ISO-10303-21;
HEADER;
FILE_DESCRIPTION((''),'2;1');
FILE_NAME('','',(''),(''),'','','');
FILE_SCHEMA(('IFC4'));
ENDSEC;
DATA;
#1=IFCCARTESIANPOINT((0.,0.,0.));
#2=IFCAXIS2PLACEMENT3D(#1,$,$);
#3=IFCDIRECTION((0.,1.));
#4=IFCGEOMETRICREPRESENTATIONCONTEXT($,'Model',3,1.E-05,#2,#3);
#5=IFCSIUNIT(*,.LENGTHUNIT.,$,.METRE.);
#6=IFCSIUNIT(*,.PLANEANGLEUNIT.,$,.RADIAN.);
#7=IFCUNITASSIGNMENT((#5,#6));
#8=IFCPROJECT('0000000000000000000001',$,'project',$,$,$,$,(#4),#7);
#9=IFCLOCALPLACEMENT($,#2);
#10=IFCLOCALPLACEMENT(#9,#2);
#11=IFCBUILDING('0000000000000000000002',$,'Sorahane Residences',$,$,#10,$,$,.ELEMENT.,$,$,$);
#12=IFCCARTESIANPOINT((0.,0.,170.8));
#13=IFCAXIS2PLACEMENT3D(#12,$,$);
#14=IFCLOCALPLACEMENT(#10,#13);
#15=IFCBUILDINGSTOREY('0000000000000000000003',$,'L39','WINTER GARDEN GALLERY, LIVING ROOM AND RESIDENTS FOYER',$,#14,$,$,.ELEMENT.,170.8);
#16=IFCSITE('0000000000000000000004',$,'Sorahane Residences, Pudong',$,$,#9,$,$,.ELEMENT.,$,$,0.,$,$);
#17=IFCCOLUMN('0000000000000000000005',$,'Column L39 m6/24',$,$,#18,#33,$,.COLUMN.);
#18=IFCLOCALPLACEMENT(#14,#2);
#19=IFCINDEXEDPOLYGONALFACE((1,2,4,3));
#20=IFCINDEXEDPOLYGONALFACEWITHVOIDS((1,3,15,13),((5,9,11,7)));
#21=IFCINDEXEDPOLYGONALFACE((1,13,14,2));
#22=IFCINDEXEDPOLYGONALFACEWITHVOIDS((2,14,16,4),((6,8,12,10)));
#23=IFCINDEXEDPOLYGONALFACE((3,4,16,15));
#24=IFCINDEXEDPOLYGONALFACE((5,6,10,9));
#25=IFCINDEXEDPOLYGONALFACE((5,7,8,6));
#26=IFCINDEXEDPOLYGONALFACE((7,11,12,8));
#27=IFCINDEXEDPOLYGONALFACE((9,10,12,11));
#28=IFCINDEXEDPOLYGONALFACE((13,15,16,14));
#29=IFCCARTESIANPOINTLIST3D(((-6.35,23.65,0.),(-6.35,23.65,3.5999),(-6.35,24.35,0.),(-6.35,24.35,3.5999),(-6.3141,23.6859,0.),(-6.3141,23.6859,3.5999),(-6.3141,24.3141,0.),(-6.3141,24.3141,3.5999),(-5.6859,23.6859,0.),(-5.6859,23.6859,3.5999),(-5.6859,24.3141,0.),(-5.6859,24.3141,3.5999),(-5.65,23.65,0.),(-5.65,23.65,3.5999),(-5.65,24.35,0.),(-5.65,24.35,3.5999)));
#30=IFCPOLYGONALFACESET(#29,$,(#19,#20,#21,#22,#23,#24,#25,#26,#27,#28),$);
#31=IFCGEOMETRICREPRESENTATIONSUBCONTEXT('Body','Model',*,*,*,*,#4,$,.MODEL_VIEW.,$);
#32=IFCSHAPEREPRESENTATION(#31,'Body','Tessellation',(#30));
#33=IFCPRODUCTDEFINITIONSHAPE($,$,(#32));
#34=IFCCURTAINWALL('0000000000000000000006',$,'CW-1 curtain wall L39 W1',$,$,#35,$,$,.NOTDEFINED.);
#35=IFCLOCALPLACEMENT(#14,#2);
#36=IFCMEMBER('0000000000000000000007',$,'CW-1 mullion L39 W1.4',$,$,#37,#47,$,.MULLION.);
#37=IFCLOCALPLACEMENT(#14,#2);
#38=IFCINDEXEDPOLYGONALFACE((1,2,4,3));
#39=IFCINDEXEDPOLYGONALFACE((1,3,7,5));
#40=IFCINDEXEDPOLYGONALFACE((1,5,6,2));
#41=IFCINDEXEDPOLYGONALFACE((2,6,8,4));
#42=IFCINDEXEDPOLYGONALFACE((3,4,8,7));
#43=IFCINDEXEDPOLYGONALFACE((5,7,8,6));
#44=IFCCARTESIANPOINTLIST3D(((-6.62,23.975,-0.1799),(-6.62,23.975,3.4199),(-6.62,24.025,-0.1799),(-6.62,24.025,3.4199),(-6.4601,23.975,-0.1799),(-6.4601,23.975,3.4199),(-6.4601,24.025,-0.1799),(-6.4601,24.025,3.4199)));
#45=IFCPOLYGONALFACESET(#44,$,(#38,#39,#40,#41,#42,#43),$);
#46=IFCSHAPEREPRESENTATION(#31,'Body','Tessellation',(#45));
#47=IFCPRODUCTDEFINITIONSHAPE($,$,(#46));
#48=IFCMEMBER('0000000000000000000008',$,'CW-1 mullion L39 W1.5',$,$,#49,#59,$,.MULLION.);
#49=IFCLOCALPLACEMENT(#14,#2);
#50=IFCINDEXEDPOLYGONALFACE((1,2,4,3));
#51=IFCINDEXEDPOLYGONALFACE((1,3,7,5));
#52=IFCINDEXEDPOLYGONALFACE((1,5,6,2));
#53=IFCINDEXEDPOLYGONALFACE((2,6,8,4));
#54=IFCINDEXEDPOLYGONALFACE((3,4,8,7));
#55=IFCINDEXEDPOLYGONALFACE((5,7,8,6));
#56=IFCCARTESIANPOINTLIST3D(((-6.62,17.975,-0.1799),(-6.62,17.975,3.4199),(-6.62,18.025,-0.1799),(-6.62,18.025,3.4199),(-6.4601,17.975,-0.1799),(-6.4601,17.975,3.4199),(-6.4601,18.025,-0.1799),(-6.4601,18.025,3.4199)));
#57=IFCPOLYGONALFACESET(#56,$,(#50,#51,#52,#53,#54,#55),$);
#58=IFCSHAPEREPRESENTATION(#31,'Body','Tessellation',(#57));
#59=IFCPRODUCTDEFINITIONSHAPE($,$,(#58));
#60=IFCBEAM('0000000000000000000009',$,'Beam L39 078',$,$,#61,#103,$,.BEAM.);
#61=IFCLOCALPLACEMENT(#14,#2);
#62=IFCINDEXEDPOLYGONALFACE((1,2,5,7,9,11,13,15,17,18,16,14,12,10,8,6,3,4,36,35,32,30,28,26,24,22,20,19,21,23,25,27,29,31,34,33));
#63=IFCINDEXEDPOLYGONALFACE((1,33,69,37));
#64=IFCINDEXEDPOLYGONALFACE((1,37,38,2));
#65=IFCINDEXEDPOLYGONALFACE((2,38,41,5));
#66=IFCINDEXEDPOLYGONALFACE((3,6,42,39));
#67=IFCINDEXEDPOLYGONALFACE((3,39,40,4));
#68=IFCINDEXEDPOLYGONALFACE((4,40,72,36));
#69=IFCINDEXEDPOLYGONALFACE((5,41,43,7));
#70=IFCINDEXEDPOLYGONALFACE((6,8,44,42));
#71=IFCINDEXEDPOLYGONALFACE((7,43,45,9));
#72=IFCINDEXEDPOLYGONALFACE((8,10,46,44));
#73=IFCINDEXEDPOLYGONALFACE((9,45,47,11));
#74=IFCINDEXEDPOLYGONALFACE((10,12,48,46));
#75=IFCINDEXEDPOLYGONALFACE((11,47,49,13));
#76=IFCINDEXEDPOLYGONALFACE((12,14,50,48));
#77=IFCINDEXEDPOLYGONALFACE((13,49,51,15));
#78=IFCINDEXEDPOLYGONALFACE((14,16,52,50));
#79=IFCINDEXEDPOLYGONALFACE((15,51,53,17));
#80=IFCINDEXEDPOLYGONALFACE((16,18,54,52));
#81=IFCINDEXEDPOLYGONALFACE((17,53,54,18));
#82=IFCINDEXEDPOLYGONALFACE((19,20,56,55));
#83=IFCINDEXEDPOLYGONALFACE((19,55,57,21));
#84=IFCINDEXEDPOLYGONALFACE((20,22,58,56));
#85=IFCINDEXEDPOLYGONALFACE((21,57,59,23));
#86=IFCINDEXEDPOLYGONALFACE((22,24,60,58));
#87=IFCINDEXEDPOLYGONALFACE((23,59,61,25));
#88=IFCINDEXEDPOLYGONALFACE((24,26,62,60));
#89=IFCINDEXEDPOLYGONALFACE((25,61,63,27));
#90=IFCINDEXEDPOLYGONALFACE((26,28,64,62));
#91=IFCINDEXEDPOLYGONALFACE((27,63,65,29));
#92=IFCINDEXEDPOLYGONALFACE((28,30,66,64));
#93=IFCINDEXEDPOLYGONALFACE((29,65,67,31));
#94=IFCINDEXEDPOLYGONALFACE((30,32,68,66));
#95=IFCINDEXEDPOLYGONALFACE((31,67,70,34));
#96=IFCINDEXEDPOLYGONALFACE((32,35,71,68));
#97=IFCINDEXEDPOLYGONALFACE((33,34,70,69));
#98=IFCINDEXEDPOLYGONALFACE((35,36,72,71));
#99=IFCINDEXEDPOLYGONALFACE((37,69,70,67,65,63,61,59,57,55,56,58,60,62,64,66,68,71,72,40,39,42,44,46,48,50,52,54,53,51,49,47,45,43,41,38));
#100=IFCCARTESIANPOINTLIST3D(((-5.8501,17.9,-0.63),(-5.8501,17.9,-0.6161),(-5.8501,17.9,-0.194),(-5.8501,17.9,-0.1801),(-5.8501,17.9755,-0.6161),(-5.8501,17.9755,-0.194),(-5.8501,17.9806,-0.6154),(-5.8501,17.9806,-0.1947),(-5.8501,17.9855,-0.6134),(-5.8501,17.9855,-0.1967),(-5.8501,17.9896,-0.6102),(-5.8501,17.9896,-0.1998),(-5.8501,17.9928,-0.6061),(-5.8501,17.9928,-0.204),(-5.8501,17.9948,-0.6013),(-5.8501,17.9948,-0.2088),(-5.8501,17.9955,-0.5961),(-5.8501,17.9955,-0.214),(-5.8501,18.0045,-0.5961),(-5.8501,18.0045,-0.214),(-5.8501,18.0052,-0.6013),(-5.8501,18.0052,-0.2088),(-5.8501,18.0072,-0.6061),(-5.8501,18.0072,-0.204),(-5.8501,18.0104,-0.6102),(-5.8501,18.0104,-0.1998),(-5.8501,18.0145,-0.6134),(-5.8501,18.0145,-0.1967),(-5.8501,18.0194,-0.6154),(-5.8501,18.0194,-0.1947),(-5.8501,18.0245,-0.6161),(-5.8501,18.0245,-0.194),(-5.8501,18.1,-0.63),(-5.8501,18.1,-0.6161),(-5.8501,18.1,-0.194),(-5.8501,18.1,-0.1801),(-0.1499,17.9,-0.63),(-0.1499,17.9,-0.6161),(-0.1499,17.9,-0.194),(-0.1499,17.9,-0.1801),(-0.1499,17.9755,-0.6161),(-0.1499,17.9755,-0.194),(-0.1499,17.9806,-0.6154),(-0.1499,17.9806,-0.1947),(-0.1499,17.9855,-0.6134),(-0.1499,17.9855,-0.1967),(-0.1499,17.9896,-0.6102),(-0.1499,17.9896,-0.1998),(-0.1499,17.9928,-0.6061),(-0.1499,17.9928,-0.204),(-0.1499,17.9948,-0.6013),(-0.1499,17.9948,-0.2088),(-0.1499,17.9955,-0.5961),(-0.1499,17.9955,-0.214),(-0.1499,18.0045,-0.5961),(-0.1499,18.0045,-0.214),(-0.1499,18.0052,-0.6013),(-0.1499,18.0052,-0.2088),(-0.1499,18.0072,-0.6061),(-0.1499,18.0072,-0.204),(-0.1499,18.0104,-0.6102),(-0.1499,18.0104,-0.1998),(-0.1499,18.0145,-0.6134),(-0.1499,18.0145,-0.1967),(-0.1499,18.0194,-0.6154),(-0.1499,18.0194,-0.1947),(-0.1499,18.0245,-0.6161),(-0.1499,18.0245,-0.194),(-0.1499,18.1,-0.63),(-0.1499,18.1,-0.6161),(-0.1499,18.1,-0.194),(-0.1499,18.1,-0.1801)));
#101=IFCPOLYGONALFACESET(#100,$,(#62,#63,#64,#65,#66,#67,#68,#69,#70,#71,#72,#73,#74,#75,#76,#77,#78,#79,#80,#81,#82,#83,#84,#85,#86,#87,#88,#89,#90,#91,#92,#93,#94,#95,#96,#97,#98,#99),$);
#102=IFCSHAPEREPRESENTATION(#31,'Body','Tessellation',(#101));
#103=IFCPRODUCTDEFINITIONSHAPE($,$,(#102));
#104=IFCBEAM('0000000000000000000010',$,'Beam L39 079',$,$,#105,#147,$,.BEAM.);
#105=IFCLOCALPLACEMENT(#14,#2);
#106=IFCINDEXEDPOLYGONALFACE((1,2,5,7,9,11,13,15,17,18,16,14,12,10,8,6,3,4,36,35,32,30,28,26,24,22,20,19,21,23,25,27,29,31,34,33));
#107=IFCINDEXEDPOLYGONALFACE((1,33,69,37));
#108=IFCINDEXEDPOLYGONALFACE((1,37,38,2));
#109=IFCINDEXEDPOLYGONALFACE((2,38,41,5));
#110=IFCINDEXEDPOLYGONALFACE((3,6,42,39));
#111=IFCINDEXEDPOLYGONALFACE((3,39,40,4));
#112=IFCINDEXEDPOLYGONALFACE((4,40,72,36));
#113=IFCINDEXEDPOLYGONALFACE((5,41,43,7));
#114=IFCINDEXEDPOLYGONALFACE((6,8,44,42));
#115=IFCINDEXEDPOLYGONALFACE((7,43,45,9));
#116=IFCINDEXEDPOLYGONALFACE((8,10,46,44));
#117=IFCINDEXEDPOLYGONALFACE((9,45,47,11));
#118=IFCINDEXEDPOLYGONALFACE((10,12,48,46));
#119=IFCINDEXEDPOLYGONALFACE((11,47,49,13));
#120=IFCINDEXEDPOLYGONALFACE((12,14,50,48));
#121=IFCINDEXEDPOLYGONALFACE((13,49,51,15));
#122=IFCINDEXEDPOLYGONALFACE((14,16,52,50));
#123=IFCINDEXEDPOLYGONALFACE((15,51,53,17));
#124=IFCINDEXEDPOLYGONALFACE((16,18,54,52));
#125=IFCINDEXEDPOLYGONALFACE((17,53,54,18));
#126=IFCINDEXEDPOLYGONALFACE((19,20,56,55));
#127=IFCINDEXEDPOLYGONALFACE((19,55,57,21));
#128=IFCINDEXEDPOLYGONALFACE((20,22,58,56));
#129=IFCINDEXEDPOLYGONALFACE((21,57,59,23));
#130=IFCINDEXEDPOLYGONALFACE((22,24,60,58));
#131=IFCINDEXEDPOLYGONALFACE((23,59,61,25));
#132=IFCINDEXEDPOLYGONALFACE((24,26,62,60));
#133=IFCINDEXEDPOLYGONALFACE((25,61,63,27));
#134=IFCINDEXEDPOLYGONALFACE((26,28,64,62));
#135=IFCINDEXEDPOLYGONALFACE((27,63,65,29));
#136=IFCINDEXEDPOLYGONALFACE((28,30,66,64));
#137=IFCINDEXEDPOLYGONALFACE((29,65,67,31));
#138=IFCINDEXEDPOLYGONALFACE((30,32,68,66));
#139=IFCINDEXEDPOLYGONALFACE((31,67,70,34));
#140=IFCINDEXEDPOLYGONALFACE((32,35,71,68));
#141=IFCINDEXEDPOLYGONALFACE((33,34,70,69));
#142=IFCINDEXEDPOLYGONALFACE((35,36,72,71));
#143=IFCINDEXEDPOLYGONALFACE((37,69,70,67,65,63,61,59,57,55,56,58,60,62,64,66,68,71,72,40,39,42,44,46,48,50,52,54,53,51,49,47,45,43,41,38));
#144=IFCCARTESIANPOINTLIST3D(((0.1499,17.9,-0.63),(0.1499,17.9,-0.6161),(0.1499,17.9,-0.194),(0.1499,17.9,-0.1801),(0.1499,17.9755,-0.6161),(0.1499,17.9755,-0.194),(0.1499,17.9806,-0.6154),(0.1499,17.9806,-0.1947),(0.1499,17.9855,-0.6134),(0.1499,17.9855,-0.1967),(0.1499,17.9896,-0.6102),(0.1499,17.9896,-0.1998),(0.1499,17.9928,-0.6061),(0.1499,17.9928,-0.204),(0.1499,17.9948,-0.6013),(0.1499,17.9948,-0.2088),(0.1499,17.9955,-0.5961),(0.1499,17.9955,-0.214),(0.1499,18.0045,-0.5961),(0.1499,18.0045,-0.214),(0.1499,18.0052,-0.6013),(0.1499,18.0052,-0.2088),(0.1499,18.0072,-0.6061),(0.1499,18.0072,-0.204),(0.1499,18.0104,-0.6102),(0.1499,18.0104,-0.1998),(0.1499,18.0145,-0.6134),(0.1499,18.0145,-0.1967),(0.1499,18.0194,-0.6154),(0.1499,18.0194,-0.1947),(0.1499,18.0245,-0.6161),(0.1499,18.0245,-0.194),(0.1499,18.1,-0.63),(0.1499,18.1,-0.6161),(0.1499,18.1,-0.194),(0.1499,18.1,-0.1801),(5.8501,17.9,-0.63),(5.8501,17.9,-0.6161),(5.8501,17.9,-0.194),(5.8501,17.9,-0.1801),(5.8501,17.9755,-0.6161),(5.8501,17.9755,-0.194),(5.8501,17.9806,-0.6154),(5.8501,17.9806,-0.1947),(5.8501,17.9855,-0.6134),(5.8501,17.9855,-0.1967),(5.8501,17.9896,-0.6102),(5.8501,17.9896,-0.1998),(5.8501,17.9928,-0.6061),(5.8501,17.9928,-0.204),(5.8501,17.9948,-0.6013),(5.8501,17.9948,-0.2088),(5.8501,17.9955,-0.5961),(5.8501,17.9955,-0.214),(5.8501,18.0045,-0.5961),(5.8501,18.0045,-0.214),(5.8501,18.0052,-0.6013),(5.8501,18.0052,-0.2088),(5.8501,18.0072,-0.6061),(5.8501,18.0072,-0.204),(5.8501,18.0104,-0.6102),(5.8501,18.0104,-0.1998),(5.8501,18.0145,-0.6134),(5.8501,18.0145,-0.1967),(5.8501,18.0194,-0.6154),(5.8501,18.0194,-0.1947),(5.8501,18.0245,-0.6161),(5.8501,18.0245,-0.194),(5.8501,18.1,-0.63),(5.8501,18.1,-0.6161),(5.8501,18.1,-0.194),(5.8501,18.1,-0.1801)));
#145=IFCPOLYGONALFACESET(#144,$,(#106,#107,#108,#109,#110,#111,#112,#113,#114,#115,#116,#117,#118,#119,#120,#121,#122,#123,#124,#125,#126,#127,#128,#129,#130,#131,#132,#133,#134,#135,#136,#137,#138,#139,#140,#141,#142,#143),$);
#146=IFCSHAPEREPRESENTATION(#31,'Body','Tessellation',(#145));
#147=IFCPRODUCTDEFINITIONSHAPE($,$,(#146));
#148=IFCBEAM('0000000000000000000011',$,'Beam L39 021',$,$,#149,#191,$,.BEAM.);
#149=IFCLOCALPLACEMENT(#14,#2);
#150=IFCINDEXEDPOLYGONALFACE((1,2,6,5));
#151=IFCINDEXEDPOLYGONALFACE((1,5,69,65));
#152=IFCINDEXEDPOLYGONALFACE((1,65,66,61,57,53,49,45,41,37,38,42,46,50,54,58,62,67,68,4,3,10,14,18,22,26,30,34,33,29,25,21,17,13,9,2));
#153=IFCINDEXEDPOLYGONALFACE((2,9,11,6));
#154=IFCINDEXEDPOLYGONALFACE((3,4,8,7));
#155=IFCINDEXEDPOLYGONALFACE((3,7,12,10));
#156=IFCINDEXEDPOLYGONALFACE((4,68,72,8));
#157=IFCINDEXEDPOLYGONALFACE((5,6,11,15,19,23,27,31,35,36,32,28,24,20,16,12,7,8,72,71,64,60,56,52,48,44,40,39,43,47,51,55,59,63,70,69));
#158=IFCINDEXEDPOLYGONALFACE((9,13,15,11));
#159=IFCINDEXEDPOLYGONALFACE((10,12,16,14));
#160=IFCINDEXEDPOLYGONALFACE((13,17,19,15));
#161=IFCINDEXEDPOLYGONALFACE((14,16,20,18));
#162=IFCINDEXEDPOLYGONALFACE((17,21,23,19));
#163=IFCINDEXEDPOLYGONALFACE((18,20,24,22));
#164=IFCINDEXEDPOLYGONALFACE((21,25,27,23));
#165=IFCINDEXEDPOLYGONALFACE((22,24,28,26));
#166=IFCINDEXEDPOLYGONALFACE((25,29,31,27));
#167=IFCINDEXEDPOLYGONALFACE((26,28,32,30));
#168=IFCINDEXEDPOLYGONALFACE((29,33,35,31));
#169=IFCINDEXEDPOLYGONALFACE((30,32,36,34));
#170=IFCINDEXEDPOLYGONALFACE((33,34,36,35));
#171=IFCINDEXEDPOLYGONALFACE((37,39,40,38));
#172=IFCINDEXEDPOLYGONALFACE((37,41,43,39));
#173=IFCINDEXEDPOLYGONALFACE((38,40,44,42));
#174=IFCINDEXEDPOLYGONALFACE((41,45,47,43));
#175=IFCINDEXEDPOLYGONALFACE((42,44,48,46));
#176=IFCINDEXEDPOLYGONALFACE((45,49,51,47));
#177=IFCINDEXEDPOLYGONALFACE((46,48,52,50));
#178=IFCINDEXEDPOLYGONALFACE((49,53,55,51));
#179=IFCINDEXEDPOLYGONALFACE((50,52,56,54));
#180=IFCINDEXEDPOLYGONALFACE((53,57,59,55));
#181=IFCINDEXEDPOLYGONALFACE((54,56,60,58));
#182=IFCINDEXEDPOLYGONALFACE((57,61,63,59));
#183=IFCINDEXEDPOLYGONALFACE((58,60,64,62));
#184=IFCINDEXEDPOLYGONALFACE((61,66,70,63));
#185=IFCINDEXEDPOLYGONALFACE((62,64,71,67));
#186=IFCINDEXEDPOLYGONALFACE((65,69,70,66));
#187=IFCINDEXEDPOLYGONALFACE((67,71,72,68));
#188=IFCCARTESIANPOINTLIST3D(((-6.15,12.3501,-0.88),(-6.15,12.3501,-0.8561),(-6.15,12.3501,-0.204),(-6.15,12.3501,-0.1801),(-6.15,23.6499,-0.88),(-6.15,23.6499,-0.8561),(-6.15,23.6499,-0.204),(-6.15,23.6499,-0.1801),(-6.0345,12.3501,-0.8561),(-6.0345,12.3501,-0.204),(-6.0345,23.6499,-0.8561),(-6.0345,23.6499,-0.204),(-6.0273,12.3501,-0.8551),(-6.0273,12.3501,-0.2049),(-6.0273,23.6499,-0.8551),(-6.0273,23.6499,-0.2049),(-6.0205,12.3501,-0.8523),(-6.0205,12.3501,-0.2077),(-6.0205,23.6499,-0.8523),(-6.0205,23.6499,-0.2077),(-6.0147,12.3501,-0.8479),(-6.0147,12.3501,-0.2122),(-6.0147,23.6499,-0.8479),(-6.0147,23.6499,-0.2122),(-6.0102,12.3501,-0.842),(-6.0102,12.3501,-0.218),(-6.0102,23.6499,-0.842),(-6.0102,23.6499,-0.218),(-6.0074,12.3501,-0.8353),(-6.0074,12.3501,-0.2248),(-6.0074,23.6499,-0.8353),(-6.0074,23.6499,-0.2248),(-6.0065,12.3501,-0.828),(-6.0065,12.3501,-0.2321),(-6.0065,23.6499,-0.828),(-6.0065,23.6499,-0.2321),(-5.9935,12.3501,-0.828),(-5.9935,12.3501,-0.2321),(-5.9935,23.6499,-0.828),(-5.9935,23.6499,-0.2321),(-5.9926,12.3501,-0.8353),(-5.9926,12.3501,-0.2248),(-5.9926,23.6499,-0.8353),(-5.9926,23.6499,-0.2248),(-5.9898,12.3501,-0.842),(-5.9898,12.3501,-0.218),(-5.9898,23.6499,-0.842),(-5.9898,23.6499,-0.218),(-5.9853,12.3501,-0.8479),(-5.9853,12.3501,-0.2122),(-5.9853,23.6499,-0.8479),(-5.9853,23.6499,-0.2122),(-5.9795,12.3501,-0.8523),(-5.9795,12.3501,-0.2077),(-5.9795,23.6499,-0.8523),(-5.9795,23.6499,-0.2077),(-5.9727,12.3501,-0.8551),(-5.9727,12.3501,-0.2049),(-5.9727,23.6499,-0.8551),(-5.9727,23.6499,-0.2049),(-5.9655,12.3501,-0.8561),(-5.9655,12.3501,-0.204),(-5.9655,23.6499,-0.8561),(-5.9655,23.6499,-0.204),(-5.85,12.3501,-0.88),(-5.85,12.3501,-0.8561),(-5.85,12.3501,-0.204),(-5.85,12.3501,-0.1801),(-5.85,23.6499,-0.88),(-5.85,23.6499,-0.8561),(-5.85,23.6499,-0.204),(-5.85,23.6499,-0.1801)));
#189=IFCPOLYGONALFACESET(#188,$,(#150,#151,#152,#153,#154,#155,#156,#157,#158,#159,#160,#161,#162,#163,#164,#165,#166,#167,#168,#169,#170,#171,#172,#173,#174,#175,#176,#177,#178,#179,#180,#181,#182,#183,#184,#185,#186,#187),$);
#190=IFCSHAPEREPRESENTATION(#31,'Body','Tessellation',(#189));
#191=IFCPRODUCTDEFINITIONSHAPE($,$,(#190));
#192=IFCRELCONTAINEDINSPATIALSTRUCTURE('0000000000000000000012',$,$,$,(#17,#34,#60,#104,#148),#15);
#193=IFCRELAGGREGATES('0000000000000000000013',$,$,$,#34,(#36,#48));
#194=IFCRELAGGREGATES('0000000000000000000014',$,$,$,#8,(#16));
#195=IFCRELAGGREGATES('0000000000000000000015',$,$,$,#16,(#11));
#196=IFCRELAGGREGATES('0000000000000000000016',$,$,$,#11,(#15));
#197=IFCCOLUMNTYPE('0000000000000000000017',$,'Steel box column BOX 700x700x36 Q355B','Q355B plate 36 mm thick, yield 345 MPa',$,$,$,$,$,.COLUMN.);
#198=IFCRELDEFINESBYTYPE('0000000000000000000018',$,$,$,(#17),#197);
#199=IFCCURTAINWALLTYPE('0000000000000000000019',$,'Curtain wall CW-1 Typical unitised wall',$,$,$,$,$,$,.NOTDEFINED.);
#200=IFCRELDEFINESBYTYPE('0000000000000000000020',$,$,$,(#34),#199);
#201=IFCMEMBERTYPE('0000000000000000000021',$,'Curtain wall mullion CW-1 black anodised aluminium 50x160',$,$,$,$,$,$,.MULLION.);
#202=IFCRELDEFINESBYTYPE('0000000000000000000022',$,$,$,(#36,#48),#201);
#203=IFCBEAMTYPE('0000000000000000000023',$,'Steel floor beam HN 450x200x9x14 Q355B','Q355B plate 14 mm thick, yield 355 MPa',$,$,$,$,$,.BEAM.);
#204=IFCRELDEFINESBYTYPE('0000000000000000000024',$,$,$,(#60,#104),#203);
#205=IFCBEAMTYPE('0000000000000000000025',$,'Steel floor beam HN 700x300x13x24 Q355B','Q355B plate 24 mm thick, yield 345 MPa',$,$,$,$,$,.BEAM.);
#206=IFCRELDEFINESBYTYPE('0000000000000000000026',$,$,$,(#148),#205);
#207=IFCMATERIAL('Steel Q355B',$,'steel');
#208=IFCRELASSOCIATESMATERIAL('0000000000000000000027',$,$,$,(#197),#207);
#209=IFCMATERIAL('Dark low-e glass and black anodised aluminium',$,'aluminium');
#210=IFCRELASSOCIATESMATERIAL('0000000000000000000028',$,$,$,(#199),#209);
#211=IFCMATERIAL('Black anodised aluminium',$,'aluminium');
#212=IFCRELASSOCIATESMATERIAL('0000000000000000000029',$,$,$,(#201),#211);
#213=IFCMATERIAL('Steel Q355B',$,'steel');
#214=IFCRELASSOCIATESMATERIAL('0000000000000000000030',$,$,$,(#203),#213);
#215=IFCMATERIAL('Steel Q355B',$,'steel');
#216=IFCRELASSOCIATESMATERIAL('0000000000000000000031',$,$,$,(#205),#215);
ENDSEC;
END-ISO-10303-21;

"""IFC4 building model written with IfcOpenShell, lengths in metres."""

from ifc_helpers import new_model, si_unit, direction, frame, origin, origin_2d, place, context, subcontext, project, spatial, rectangle, hollow_rectangle, i_section, extrude, material, material_profile, profile_set, type_object, element, aggregate, save


model = new_model("IFC4")

# Units and contexts
model_context = context("Model", 3, precision=1e-05, world=origin(), true_north=direction((0.0, 1.0)))
body_context = subcontext(model_context, "Body", "Model", "MODEL_VIEW")
ifc_project = project(units=[si_unit("LENGTHUNIT", "METRE"), si_unit("PLANEANGLEUNIT", "RADIAN")], contexts=[model_context])

# Site, building, storey
site_placement = place(None, origin())
site = spatial("IfcSite", under=ifc_project, at=site_placement, Name="Sorahane Residences, Pudong", CompositionType="ELEMENT", RefElevation=0.0)
building_placement = place(site_placement, origin())
building = spatial("IfcBuilding", under=site, at=building_placement, Name="Sorahane Residences", CompositionType="ELEMENT")
storey_placement = place(building_placement, frame((0.0, 0.0, 170.8)))
storey = spatial("IfcBuildingStorey", under=building, at=storey_placement, Name="L39", Description="WINTER GARDEN GALLERY, LIVING ROOM AND RESIDENTS FOYER", CompositionType="ELEMENT", Elevation=170.8)

# Column
ifc_material_1 = material(Name="Steel Q355B", Category="steel")
ifc_material_profile_1 = material_profile(ifc_material_1, hollow_rectangle(XDim=0.7, YDim=0.7, WallThickness=0.0359, at=origin_2d()), Name="BOX 700x700x36")
ifc_profile_set_1 = profile_set([ifc_material_profile_1], Name="Steel Q355B")
column_type = type_object("IfcColumnType", Name="Steel box column BOX 700x700x36 Q355B", Description="Q355B plate 36 mm thick, yield 345 MPa", PredefinedType="COLUMN", material=ifc_profile_set_1)
column_placement = place(storey_placement, frame((-6.0, 24.0, 0.0), z_axis=(0.0, 0.0, 1.0), x_axis=(1.0, 0.0, 0.0)))
element("IfcColumn", 1, at=column_placement, inside=storey, type_object=column_type, Name="Column L39 m6/24", PredefinedType="COLUMN", context=body_context, shape_type="SweptSolid", body=[
    extrude(hollow_rectangle(XDim=0.7, YDim=0.7, WallThickness=0.0359, at=origin_2d()), origin(), (0.0, 0.0, 1.0), 3.5999),
])

# Curtain wall, members
ifc_material_2 = material(Name="Dark low-e glass and black anodised aluminium", Category="aluminium")
curtain_wall_type = type_object("IfcCurtainWallType", Name="Curtain wall CW-1 Typical unitised wall", PredefinedType="NOTDEFINED", material=ifc_material_2)
curtain_wall_placement = place(storey_placement, origin())
curtain_wall = element("IfcCurtainWall", 2, at=curtain_wall_placement, inside=storey, type_object=curtain_wall_type, Name="CW-1 curtain wall L39 W1", PredefinedType="NOTDEFINED")
ifc_material_3 = material(Name="Black anodised aluminium", Category="aluminium")
ifc_material_profile_2 = material_profile(ifc_material_3, rectangle(XDim=0.1599, YDim=0.05, at=origin_2d()), Name="Curtain wall mullion CW-1 black anodised aluminium 50x160")
ifc_profile_set_2 = profile_set([ifc_material_profile_2], Name="Black anodised aluminium")
member_type = type_object("IfcMemberType", Name="Curtain wall mullion CW-1 black anodised aluminium 50x160", PredefinedType="MULLION", material=ifc_profile_set_2)
member_1_placement = place(storey_placement, frame((-6.54, 24.0, -0.1799), z_axis=(0.0, 0.0, 1.0), x_axis=(-1.0, 0.0, 0.0)))
member_1 = element("IfcMember", 3, at=member_1_placement, type_object=member_type, Name="CW-1 mullion L39 W1.4", PredefinedType="MULLION", context=body_context, shape_type="SweptSolid", body=[
    extrude(rectangle(XDim=0.1599, YDim=0.05, at=origin_2d()), origin(), (0.0, 0.0, 1.0), 3.5999),
])
member_2_placement = place(storey_placement, frame((-6.54, 18.0, -0.1799), z_axis=(0.0, 0.0, 1.0), x_axis=(-1.0, 0.0, 0.0)))
member_2 = element("IfcMember", 4, at=member_2_placement, type_object=member_type, Name="CW-1 mullion L39 W1.5", PredefinedType="MULLION", context=body_context, shape_type="SweptSolid", body=[
    extrude(rectangle(XDim=0.1599, YDim=0.05, at=origin_2d()), origin(), (0.0, 0.0, 1.0), 3.5999),
])

# Beams
ifc_material_4 = material(Name="Steel Q355B", Category="steel")
ifc_material_profile_3 = material_profile(ifc_material_4, i_section(OverallWidth=0.2, OverallDepth=0.45, WebThickness=0.009, FlangeThickness=0.0139, FilletRadius=0.02, at=origin_2d()), Name="HN 450x200x9x14")
ifc_profile_set_3 = profile_set([ifc_material_profile_3], Name="Steel Q355B")
beam_type_1 = type_object("IfcBeamType", Name="Steel floor beam HN 450x200x9x14 Q355B", Description="Q355B plate 14 mm thick, yield 355 MPa", PredefinedType="BEAM", material=ifc_profile_set_3)
for number, where, z_axis, x_axis, name in (
    (5, (-5.8501, 18.0, -0.405), (1.0, 0.0, 0.0), (0.0, 1.0, 0.0), "Beam L39 078"),
    (6, (0.1499, 18.0, -0.405), (1.0, 0.0, 0.0), (0.0, 1.0, 0.0), "Beam L39 079"),
):
    element("IfcBeam", number, at=place(storey_placement, frame(where, z_axis=z_axis, x_axis=x_axis)), inside=storey, type_object=beam_type_1, Name=name, PredefinedType="BEAM", context=body_context, shape_type="SweptSolid", body=[
        extrude(i_section(OverallWidth=0.2, OverallDepth=0.45, WebThickness=0.009, FlangeThickness=0.0139, FilletRadius=0.02, at=origin_2d()), origin(), (0.0, 0.0, 1.0), 5.7002),
    ])
ifc_material_5 = material(Name="Steel Q355B", Category="steel")
ifc_material_profile_4 = material_profile(ifc_material_5, i_section(OverallWidth=0.3, OverallDepth=0.7, WebThickness=0.0129, FlangeThickness=0.0239, FilletRadius=0.0281, at=origin_2d()), Name="HN 700x300x13x24")
ifc_profile_set_4 = profile_set([ifc_material_profile_4], Name="Steel Q355B")
beam_type_2 = type_object("IfcBeamType", Name="Steel floor beam HN 700x300x13x24 Q355B", Description="Q355B plate 24 mm thick, yield 345 MPa", PredefinedType="BEAM", material=ifc_profile_set_4)
beam_placement = place(storey_placement, frame((-6.0, 12.3501, -0.53), z_axis=(0.0, 1.0, 0.0), x_axis=(-1.0, 0.0, 0.0)))
element("IfcBeam", 7, at=beam_placement, inside=storey, type_object=beam_type_2, Name="Beam L39 021", PredefinedType="BEAM", context=body_context, shape_type="SweptSolid", body=[
    extrude(i_section(OverallWidth=0.3, OverallDepth=0.7, WebThickness=0.0129, FlangeThickness=0.0239, FilletRadius=0.0281, at=origin_2d()), origin(), (0.0, 0.0, 1.0), 11.2998),
])

aggregate(curtain_wall, [member_1, member_2])

save(model, "model.ifc")
